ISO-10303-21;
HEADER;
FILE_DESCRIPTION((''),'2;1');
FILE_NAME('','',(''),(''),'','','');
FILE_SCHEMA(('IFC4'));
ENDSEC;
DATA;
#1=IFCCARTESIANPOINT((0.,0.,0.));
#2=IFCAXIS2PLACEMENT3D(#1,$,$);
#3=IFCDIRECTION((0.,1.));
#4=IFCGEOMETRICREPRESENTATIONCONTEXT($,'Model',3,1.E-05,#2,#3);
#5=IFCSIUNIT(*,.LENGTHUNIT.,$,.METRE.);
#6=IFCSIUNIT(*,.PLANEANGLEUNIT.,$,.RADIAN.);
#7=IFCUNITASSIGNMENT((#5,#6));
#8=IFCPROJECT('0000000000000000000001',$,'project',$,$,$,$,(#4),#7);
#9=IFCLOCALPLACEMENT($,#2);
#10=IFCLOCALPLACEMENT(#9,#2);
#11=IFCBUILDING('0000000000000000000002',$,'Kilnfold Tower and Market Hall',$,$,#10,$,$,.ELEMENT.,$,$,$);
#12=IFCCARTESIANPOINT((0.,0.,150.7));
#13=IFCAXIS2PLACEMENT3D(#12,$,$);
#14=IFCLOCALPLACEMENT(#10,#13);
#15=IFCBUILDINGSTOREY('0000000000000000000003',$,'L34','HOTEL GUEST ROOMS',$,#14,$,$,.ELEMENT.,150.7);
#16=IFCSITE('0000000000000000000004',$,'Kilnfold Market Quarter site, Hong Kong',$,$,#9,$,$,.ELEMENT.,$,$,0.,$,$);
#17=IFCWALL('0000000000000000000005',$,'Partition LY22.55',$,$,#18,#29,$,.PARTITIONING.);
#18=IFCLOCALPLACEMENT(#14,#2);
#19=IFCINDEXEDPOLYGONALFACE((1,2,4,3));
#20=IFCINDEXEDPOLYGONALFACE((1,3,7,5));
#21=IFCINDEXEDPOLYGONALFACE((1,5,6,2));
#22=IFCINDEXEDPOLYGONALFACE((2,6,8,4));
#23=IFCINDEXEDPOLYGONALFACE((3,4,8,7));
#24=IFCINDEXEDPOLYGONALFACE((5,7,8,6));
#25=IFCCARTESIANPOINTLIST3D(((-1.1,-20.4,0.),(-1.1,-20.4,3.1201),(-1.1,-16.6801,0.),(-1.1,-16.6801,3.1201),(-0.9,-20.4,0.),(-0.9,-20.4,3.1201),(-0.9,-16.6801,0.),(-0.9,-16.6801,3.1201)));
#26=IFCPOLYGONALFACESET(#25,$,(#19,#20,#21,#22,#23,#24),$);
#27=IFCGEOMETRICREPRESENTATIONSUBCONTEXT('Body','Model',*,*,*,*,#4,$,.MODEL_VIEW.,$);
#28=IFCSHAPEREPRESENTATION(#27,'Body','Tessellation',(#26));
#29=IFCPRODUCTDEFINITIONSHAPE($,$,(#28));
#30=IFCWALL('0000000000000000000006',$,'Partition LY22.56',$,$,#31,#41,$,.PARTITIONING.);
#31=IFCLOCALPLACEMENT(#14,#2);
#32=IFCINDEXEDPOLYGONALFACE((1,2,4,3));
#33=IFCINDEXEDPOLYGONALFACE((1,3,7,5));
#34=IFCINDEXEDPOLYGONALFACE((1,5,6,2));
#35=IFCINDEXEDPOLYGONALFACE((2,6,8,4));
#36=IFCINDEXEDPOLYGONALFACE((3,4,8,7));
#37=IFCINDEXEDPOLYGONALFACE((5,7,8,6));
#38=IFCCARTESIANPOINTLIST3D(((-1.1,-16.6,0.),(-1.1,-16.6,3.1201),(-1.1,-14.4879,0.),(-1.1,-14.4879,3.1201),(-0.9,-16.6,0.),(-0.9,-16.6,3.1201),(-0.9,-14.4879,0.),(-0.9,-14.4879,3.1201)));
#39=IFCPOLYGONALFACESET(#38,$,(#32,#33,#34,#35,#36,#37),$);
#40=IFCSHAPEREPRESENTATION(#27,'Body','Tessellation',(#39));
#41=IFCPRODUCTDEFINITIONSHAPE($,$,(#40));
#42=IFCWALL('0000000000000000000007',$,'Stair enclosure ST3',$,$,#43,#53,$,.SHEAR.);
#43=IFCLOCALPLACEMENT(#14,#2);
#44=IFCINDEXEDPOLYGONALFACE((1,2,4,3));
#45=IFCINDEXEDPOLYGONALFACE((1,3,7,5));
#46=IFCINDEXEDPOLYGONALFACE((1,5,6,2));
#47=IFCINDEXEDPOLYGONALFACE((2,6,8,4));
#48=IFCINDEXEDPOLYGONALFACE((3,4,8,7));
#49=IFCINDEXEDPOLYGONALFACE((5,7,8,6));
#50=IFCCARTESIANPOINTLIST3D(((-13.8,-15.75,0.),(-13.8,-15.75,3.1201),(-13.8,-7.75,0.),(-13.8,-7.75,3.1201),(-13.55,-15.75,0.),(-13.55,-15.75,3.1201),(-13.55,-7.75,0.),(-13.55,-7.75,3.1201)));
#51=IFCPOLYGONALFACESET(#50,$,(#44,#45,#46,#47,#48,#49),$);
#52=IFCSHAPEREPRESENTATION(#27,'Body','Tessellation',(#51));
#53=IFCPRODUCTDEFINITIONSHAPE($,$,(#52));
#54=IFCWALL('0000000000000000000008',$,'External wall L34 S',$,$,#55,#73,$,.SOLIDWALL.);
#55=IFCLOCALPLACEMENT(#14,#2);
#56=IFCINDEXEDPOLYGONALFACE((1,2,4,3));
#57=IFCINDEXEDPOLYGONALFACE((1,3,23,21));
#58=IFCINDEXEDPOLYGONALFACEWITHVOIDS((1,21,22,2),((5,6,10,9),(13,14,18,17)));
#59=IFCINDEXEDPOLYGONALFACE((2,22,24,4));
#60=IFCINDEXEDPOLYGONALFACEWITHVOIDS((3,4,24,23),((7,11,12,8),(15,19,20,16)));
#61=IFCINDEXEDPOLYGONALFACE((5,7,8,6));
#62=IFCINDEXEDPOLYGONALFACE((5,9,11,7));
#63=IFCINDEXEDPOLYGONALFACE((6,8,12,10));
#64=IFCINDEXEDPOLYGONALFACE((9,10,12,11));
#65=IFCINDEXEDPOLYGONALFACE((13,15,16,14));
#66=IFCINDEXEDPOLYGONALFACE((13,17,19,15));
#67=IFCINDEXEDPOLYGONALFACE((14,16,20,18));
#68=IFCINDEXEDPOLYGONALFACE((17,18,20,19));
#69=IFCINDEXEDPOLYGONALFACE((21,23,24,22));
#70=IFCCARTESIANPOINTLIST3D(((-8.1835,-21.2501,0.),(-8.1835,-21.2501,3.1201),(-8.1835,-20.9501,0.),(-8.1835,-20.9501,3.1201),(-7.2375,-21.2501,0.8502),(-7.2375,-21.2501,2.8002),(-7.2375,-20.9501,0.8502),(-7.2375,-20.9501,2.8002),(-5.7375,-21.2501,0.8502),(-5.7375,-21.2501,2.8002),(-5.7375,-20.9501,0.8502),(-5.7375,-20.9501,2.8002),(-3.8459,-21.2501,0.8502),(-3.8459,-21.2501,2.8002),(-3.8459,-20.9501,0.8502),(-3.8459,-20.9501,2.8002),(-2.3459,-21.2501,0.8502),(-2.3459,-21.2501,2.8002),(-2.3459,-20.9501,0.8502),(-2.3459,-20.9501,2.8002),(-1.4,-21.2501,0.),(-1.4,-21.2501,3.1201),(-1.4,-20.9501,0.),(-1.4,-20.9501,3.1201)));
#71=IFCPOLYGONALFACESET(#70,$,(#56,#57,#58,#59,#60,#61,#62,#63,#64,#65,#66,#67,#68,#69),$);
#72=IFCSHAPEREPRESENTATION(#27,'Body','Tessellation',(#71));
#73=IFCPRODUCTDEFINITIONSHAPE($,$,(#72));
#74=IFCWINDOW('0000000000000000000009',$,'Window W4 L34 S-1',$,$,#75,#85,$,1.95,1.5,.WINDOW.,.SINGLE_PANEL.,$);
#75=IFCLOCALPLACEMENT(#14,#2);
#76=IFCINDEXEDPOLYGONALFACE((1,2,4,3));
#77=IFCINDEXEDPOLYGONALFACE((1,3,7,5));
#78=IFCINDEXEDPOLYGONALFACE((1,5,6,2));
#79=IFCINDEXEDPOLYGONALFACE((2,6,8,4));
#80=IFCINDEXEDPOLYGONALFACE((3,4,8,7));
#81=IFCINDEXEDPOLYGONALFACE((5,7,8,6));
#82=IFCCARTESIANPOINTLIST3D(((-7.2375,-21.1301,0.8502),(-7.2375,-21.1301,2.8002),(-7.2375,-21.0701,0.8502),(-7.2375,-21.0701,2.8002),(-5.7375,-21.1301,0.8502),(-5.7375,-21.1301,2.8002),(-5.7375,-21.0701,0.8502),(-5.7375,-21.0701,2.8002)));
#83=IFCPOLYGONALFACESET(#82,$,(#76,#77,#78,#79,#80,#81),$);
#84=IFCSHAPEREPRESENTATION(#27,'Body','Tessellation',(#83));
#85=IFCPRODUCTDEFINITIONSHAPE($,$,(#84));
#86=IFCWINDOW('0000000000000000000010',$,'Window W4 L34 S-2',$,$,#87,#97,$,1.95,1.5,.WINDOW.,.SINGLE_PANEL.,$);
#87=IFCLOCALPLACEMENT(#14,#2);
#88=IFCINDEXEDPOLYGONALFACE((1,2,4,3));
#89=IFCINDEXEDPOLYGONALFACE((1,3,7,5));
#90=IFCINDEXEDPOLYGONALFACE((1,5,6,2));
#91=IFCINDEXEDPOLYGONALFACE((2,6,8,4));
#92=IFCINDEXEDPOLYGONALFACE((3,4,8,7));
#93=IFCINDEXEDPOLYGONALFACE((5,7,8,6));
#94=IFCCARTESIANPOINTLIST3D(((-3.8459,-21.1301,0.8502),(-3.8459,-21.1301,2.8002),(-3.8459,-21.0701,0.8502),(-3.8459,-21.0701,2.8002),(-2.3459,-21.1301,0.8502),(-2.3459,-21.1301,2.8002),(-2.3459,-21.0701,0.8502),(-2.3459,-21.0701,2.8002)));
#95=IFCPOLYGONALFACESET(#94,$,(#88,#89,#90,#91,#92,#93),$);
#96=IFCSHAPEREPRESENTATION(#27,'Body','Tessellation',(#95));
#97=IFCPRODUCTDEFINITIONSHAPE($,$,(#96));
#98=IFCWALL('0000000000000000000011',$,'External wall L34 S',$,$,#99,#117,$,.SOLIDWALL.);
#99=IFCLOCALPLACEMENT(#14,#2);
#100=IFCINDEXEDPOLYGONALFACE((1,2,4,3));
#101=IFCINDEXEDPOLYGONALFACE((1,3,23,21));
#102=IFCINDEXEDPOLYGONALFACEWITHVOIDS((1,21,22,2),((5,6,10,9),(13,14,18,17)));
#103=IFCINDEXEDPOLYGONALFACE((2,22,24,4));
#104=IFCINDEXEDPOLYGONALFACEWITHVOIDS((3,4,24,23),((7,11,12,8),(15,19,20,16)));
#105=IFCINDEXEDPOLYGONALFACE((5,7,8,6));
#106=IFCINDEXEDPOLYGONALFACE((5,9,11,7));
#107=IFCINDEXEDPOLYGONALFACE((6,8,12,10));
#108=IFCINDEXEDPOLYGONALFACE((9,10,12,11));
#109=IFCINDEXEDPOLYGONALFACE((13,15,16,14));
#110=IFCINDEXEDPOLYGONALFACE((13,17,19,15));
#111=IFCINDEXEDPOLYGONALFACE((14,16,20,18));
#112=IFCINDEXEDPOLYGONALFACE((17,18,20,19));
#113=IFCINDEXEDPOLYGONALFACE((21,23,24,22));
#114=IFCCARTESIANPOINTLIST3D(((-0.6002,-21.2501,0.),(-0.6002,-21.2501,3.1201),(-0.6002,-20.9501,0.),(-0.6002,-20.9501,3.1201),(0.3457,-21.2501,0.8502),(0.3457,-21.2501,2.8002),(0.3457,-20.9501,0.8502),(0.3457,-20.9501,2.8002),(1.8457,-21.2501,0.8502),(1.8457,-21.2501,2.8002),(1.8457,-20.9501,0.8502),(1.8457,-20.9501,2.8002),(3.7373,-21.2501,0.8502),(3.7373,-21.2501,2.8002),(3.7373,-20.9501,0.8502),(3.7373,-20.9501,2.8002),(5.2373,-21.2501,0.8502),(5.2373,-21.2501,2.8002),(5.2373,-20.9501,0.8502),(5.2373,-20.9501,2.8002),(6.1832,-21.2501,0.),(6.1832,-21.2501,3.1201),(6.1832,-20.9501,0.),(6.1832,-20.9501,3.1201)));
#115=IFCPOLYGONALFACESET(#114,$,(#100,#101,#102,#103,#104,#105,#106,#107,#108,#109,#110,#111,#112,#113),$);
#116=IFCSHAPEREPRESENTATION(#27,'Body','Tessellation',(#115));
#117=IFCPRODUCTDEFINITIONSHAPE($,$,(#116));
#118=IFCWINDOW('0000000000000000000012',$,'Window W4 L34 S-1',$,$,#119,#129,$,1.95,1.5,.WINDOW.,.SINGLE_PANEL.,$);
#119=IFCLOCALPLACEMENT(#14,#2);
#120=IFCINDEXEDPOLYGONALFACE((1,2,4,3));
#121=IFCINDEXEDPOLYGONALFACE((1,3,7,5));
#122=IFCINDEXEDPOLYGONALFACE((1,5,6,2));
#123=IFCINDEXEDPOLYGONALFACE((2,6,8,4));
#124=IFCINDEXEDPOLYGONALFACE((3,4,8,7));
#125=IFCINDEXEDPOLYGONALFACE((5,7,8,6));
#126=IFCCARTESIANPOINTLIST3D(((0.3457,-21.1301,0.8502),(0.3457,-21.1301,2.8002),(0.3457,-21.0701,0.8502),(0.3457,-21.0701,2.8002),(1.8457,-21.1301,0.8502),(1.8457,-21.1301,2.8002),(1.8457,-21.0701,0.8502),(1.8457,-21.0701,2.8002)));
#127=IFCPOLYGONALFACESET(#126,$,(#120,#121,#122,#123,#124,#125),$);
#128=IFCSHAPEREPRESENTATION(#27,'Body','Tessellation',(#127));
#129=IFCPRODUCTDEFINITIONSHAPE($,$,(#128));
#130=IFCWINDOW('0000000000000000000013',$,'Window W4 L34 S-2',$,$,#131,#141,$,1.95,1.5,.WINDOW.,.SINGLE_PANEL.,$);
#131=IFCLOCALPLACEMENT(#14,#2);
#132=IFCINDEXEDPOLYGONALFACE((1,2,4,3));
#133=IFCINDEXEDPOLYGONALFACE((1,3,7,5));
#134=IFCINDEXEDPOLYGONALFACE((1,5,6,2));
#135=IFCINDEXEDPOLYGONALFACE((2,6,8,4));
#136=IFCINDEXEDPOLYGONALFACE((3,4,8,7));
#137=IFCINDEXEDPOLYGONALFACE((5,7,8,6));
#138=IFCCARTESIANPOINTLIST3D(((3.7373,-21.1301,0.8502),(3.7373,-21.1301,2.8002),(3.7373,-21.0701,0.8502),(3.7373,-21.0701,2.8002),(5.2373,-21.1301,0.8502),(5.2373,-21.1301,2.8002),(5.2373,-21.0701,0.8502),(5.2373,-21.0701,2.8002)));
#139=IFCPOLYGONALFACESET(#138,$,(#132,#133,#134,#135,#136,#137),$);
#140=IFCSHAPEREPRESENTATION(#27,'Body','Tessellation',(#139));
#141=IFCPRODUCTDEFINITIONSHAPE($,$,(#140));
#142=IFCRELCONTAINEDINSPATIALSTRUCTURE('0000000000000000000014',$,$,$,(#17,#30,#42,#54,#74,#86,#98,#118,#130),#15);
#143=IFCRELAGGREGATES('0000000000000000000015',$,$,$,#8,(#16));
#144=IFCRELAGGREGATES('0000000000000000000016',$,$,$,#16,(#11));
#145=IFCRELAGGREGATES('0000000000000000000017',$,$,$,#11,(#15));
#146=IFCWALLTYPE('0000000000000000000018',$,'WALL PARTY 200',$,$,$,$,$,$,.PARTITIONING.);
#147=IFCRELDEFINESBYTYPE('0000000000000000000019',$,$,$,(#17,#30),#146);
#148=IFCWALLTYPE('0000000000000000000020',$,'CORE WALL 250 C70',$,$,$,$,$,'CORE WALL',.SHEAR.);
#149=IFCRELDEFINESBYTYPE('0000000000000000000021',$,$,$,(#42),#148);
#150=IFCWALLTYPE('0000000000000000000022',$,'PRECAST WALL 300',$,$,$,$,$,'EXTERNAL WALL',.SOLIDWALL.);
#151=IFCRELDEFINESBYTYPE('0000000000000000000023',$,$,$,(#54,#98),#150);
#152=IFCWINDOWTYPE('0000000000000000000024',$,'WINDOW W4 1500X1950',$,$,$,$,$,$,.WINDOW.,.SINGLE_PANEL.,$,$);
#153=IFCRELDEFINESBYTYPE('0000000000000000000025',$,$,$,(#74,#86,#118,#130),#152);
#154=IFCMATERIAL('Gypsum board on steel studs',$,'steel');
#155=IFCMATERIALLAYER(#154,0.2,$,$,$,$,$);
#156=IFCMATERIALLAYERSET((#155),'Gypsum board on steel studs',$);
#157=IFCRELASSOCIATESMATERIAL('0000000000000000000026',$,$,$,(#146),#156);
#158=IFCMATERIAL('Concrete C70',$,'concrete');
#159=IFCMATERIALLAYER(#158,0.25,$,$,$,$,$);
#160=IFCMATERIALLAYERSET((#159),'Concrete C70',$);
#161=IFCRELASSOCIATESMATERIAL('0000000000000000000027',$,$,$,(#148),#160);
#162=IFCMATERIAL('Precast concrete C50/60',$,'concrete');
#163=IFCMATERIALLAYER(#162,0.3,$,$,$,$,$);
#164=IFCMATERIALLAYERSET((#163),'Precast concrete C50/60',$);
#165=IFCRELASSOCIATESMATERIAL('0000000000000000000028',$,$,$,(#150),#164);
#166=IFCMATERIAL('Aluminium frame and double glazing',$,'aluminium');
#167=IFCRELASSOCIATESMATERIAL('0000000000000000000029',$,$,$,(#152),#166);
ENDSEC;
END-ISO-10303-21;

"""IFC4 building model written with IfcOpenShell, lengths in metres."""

from ifc_helpers import new_model, si_unit, direction, frame, frame_2d, origin, place, context, subcontext, project, spatial, rectangle, extrude, source, transform, mapped, material, layer, layer_set, type_object, element, fill, save


model = new_model("IFC4")

# Units and contexts
model_context = context("Model", 3, precision=1e-05, world=origin(), true_north=direction((0.0, 1.0)))
body_context = subcontext(model_context, "Body", "Model", "MODEL_VIEW")
ifc_project = project(units=[si_unit("LENGTHUNIT", "METRE"), si_unit("PLANEANGLEUNIT", "RADIAN")], contexts=[model_context])

# Site, building, storey
site_placement = place(None, origin())
site = spatial("IfcSite", under=ifc_project, at=site_placement, Name="Kilnfold Market Quarter site, Hong Kong", CompositionType="ELEMENT", RefElevation=0.0)
building_placement = place(site_placement, origin())
building = spatial("IfcBuilding", under=site, at=building_placement, Name="Kilnfold Tower and Market Hall", CompositionType="ELEMENT")
storey_placement = place(building_placement, frame((0.0, 0.0, 150.7)))
storey = spatial("IfcBuildingStorey", under=building, at=storey_placement, Name="L34", Description="HOTEL GUEST ROOMS", CompositionType="ELEMENT", Elevation=150.7)

# Walls
ifc_material_1 = material(Name="Gypsum board on steel studs", Category="steel")
ifc_layer_1 = layer(ifc_material_1, 0.2)
ifc_layer_set_1 = layer_set([ifc_layer_1], Name="Gypsum board on steel studs")
wall_type_1 = type_object("IfcWallType", Name="WALL PARTY 200", PredefinedType="PARTITIONING", material=ifc_layer_set_1)
wall_1_placement = place(storey_placement, frame((-1.0, -20.3999, 0.0), z_axis=(0.0, 0.0, 1.0), x_axis=(0.0, 1.0, 0.0)))
element("IfcWall", 1, at=wall_1_placement, inside=storey, type_object=wall_type_1, Name="Partition LY22.55", PredefinedType="PARTITIONING", context=body_context, shape_type="SweptSolid", body=[
    extrude(rectangle(XDim=3.72, YDim=0.2, at=frame_2d((1.8599, 0.0))), origin(), (0.0, 0.0, 1.0), 3.1201),
])
wall_2_placement = place(storey_placement, frame((-1.0, -16.6001, 0.0), z_axis=(0.0, 0.0, 1.0), x_axis=(0.0, 1.0, 0.0)))
element("IfcWall", 2, at=wall_2_placement, inside=storey, type_object=wall_type_1, Name="Partition LY22.56", PredefinedType="PARTITIONING", context=body_context, shape_type="SweptSolid", body=[
    extrude(rectangle(XDim=2.1121, YDim=0.2, at=frame_2d((1.0562, 0.0))), origin(), (0.0, 0.0, 1.0), 3.1201),
])
ifc_material_2 = material(Name="Concrete C70", Category="concrete")
ifc_layer_2 = layer(ifc_material_2, 0.25)
ifc_layer_set_2 = layer_set([ifc_layer_2], Name="Concrete C70")
wall_type_2 = type_object("IfcWallType", Name="CORE WALL 250 C70", ElementType="CORE WALL", PredefinedType="SHEAR", material=ifc_layer_set_2)
shared_shape_1 = source(origin(), body_context, "Body", "SweptSolid", [
    extrude(rectangle(XDim=8.0, YDim=0.25, at=frame_2d((4.0, 0.0))), origin(), (0.0, 0.0, 1.0), 3.1201),
])
wall_3_placement = place(storey_placement, frame((-13.675, -15.75, 0.0), z_axis=(0.0, 0.0, 1.0), x_axis=(0.0, 1.0, 0.0)))
element("IfcWall", 3, at=wall_3_placement, inside=storey, type_object=wall_type_2, Name="Stair enclosure ST3", PredefinedType="SHEAR", context=body_context, shape_type="MappedRepresentation", body=[
    mapped(shared_shape_1, transform((0.0, 0.0, 0.0))),
])

# Walls, openings, windows
ifc_material_3 = material(Name="Precast concrete C50/60", Category="concrete")
ifc_layer_3 = layer(ifc_material_3, 0.3)
ifc_layer_set_3 = layer_set([ifc_layer_3], Name="Precast concrete C50/60")
wall_type_3 = type_object("IfcWallType", Name="PRECAST WALL 300", ElementType="EXTERNAL WALL", PredefinedType="SOLIDWALL", material=ifc_layer_set_3)
shared_shape_2 = source(origin(), body_context, "Body", "SweptSolid", [
    extrude(rectangle(XDim=6.7834, YDim=0.3, at=frame_2d((3.3916, 0.0))), origin(), (0.0, 0.0, 1.0), 3.1201),
])
wall_4_placement = place(storey_placement, frame((-8.1833, -21.1001, 0.0), z_axis=(0.0, 0.0, 1.0), x_axis=(1.0, 0.0, 0.0)))
wall_4 = element("IfcWall", 4, at=wall_4_placement, inside=storey, type_object=wall_type_3, Name="External wall L34 S", PredefinedType="SOLIDWALL", context=body_context, shape_type="MappedRepresentation", body=[
    mapped(shared_shape_2, transform((0.0, 0.0, 0.0))),
])
opening_1_placement = place(wall_4_placement, frame((0.9458, 0.0, 0.8501)))
opening_1 = element("IfcOpeningElement", 5, at=opening_1_placement, cuts=wall_4, PredefinedType="OPENING", context=body_context, shape_type="SweptSolid", body=[
    extrude(rectangle(XDim=1.5, YDim=1.95, at=frame_2d((0.75, 0.9751))), frame((0.0, 0.1602, 0.0), z_axis=(0.0, -1.0, 0.0), x_axis=(1.0, 0.0, 0.0)), (0.0, 0.0, 1.0), 0.3201),
])
opening_2_placement = place(wall_4_placement, frame((4.3374, 0.0, 0.8501)))
opening_2 = element("IfcOpeningElement", 6, at=opening_2_placement, cuts=wall_4, PredefinedType="OPENING", context=body_context, shape_type="SweptSolid", body=[
    extrude(rectangle(XDim=1.5, YDim=1.95, at=frame_2d((0.75, 0.9751))), frame((0.0, 0.1602, 0.0), z_axis=(0.0, -1.0, 0.0), x_axis=(1.0, 0.0, 0.0)), (0.0, 0.0, 1.0), 0.3201),
])
ifc_material_4 = material(Name="Aluminium frame and double glazing", Category="aluminium")
window_type = type_object("IfcWindowType", Name="WINDOW W4 1500X1950", PartitioningType="SINGLE_PANEL", PredefinedType="WINDOW", material=ifc_material_4)
window_1_placement = place(opening_1_placement, origin())
window_1 = element("IfcWindow", 7, at=window_1_placement, inside=storey, type_object=window_type, Name="Window W4 L34 S-1", OverallHeight=1.95, OverallWidth=1.5, PartitioningType="SINGLE_PANEL", PredefinedType="WINDOW", context=body_context, shape_type="SweptSolid", body=[
    extrude(rectangle(XDim=1.5, YDim=1.95, at=frame_2d((0.75, 0.9751))), frame((0.0, 0.03, 0.0), z_axis=(0.0, -1.0, 0.0), x_axis=(1.0, 0.0, 0.0)), (0.0, 0.0, 1.0), 0.0601),
])
fill(opening_1, window_1)
window_2_placement = place(opening_2_placement, origin())
window_2 = element("IfcWindow", 8, at=window_2_placement, inside=storey, type_object=window_type, Name="Window W4 L34 S-2", OverallHeight=1.95, OverallWidth=1.5, PartitioningType="SINGLE_PANEL", PredefinedType="WINDOW", context=body_context, shape_type="SweptSolid", body=[
    extrude(rectangle(XDim=1.5, YDim=1.95, at=frame_2d((0.75, 0.9751))), frame((0.0, 0.03, 0.0), z_axis=(0.0, -1.0, 0.0), x_axis=(1.0, 0.0, 0.0)), (0.0, 0.0, 1.0), 0.0601),
])
fill(opening_2, window_2)
wall_5_placement = place(storey_placement, frame((-0.6001, -21.1001, 0.0), z_axis=(0.0, 0.0, 1.0), x_axis=(1.0, 0.0, 0.0)))
wall_5 = element("IfcWall", 9, at=wall_5_placement, inside=storey, type_object=wall_type_3, Name="External wall L34 S", PredefinedType="SOLIDWALL", context=body_context, shape_type="MappedRepresentation", body=[
    mapped(shared_shape_2, transform((0.0, 0.0, 0.0))),
])
opening_3_placement = place(wall_5_placement, frame((0.9458, 0.0, 0.8501)))
opening_3 = element("IfcOpeningElement", 10, at=opening_3_placement, cuts=wall_5, PredefinedType="OPENING", context=body_context, shape_type="SweptSolid", body=[
    extrude(rectangle(XDim=1.5, YDim=1.95, at=frame_2d((0.75, 0.9751))), frame((0.0, 0.1602, 0.0), z_axis=(0.0, -1.0, 0.0), x_axis=(1.0, 0.0, 0.0)), (0.0, 0.0, 1.0), 0.3201),
])
opening_4_placement = place(wall_5_placement, frame((4.3374, 0.0, 0.8501)))
opening_4 = element("IfcOpeningElement", 11, at=opening_4_placement, cuts=wall_5, PredefinedType="OPENING", context=body_context, shape_type="SweptSolid", body=[
    extrude(rectangle(XDim=1.5, YDim=1.95, at=frame_2d((0.75, 0.9751))), frame((0.0, 0.1602, 0.0), z_axis=(0.0, -1.0, 0.0), x_axis=(1.0, 0.0, 0.0)), (0.0, 0.0, 1.0), 0.3201),
])
window_3_placement = place(opening_3_placement, origin())
window_3 = element("IfcWindow", 12, at=window_3_placement, inside=storey, type_object=window_type, Name="Window W4 L34 S-1", OverallHeight=1.95, OverallWidth=1.5, PartitioningType="SINGLE_PANEL", PredefinedType="WINDOW", context=body_context, shape_type="SweptSolid", body=[
    extrude(rectangle(XDim=1.5, YDim=1.95, at=frame_2d((0.75, 0.9751))), frame((0.0, 0.03, 0.0), z_axis=(0.0, -1.0, 0.0), x_axis=(1.0, 0.0, 0.0)), (0.0, 0.0, 1.0), 0.0601),
])
fill(opening_3, window_3)
window_4_placement = place(opening_4_placement, origin())
window_4 = element("IfcWindow", 13, at=window_4_placement, inside=storey, type_object=window_type, Name="Window W4 L34 S-2", OverallHeight=1.95, OverallWidth=1.5, PartitioningType="SINGLE_PANEL", PredefinedType="WINDOW", context=body_context, shape_type="SweptSolid", body=[
    extrude(rectangle(XDim=1.5, YDim=1.95, at=frame_2d((0.75, 0.9751))), frame((0.0, 0.03, 0.0), z_axis=(0.0, -1.0, 0.0), x_axis=(1.0, 0.0, 0.0)), (0.0, 0.0, 1.0), 0.0601),
])
fill(opening_4, window_4)

save(model, "model.ifc")
